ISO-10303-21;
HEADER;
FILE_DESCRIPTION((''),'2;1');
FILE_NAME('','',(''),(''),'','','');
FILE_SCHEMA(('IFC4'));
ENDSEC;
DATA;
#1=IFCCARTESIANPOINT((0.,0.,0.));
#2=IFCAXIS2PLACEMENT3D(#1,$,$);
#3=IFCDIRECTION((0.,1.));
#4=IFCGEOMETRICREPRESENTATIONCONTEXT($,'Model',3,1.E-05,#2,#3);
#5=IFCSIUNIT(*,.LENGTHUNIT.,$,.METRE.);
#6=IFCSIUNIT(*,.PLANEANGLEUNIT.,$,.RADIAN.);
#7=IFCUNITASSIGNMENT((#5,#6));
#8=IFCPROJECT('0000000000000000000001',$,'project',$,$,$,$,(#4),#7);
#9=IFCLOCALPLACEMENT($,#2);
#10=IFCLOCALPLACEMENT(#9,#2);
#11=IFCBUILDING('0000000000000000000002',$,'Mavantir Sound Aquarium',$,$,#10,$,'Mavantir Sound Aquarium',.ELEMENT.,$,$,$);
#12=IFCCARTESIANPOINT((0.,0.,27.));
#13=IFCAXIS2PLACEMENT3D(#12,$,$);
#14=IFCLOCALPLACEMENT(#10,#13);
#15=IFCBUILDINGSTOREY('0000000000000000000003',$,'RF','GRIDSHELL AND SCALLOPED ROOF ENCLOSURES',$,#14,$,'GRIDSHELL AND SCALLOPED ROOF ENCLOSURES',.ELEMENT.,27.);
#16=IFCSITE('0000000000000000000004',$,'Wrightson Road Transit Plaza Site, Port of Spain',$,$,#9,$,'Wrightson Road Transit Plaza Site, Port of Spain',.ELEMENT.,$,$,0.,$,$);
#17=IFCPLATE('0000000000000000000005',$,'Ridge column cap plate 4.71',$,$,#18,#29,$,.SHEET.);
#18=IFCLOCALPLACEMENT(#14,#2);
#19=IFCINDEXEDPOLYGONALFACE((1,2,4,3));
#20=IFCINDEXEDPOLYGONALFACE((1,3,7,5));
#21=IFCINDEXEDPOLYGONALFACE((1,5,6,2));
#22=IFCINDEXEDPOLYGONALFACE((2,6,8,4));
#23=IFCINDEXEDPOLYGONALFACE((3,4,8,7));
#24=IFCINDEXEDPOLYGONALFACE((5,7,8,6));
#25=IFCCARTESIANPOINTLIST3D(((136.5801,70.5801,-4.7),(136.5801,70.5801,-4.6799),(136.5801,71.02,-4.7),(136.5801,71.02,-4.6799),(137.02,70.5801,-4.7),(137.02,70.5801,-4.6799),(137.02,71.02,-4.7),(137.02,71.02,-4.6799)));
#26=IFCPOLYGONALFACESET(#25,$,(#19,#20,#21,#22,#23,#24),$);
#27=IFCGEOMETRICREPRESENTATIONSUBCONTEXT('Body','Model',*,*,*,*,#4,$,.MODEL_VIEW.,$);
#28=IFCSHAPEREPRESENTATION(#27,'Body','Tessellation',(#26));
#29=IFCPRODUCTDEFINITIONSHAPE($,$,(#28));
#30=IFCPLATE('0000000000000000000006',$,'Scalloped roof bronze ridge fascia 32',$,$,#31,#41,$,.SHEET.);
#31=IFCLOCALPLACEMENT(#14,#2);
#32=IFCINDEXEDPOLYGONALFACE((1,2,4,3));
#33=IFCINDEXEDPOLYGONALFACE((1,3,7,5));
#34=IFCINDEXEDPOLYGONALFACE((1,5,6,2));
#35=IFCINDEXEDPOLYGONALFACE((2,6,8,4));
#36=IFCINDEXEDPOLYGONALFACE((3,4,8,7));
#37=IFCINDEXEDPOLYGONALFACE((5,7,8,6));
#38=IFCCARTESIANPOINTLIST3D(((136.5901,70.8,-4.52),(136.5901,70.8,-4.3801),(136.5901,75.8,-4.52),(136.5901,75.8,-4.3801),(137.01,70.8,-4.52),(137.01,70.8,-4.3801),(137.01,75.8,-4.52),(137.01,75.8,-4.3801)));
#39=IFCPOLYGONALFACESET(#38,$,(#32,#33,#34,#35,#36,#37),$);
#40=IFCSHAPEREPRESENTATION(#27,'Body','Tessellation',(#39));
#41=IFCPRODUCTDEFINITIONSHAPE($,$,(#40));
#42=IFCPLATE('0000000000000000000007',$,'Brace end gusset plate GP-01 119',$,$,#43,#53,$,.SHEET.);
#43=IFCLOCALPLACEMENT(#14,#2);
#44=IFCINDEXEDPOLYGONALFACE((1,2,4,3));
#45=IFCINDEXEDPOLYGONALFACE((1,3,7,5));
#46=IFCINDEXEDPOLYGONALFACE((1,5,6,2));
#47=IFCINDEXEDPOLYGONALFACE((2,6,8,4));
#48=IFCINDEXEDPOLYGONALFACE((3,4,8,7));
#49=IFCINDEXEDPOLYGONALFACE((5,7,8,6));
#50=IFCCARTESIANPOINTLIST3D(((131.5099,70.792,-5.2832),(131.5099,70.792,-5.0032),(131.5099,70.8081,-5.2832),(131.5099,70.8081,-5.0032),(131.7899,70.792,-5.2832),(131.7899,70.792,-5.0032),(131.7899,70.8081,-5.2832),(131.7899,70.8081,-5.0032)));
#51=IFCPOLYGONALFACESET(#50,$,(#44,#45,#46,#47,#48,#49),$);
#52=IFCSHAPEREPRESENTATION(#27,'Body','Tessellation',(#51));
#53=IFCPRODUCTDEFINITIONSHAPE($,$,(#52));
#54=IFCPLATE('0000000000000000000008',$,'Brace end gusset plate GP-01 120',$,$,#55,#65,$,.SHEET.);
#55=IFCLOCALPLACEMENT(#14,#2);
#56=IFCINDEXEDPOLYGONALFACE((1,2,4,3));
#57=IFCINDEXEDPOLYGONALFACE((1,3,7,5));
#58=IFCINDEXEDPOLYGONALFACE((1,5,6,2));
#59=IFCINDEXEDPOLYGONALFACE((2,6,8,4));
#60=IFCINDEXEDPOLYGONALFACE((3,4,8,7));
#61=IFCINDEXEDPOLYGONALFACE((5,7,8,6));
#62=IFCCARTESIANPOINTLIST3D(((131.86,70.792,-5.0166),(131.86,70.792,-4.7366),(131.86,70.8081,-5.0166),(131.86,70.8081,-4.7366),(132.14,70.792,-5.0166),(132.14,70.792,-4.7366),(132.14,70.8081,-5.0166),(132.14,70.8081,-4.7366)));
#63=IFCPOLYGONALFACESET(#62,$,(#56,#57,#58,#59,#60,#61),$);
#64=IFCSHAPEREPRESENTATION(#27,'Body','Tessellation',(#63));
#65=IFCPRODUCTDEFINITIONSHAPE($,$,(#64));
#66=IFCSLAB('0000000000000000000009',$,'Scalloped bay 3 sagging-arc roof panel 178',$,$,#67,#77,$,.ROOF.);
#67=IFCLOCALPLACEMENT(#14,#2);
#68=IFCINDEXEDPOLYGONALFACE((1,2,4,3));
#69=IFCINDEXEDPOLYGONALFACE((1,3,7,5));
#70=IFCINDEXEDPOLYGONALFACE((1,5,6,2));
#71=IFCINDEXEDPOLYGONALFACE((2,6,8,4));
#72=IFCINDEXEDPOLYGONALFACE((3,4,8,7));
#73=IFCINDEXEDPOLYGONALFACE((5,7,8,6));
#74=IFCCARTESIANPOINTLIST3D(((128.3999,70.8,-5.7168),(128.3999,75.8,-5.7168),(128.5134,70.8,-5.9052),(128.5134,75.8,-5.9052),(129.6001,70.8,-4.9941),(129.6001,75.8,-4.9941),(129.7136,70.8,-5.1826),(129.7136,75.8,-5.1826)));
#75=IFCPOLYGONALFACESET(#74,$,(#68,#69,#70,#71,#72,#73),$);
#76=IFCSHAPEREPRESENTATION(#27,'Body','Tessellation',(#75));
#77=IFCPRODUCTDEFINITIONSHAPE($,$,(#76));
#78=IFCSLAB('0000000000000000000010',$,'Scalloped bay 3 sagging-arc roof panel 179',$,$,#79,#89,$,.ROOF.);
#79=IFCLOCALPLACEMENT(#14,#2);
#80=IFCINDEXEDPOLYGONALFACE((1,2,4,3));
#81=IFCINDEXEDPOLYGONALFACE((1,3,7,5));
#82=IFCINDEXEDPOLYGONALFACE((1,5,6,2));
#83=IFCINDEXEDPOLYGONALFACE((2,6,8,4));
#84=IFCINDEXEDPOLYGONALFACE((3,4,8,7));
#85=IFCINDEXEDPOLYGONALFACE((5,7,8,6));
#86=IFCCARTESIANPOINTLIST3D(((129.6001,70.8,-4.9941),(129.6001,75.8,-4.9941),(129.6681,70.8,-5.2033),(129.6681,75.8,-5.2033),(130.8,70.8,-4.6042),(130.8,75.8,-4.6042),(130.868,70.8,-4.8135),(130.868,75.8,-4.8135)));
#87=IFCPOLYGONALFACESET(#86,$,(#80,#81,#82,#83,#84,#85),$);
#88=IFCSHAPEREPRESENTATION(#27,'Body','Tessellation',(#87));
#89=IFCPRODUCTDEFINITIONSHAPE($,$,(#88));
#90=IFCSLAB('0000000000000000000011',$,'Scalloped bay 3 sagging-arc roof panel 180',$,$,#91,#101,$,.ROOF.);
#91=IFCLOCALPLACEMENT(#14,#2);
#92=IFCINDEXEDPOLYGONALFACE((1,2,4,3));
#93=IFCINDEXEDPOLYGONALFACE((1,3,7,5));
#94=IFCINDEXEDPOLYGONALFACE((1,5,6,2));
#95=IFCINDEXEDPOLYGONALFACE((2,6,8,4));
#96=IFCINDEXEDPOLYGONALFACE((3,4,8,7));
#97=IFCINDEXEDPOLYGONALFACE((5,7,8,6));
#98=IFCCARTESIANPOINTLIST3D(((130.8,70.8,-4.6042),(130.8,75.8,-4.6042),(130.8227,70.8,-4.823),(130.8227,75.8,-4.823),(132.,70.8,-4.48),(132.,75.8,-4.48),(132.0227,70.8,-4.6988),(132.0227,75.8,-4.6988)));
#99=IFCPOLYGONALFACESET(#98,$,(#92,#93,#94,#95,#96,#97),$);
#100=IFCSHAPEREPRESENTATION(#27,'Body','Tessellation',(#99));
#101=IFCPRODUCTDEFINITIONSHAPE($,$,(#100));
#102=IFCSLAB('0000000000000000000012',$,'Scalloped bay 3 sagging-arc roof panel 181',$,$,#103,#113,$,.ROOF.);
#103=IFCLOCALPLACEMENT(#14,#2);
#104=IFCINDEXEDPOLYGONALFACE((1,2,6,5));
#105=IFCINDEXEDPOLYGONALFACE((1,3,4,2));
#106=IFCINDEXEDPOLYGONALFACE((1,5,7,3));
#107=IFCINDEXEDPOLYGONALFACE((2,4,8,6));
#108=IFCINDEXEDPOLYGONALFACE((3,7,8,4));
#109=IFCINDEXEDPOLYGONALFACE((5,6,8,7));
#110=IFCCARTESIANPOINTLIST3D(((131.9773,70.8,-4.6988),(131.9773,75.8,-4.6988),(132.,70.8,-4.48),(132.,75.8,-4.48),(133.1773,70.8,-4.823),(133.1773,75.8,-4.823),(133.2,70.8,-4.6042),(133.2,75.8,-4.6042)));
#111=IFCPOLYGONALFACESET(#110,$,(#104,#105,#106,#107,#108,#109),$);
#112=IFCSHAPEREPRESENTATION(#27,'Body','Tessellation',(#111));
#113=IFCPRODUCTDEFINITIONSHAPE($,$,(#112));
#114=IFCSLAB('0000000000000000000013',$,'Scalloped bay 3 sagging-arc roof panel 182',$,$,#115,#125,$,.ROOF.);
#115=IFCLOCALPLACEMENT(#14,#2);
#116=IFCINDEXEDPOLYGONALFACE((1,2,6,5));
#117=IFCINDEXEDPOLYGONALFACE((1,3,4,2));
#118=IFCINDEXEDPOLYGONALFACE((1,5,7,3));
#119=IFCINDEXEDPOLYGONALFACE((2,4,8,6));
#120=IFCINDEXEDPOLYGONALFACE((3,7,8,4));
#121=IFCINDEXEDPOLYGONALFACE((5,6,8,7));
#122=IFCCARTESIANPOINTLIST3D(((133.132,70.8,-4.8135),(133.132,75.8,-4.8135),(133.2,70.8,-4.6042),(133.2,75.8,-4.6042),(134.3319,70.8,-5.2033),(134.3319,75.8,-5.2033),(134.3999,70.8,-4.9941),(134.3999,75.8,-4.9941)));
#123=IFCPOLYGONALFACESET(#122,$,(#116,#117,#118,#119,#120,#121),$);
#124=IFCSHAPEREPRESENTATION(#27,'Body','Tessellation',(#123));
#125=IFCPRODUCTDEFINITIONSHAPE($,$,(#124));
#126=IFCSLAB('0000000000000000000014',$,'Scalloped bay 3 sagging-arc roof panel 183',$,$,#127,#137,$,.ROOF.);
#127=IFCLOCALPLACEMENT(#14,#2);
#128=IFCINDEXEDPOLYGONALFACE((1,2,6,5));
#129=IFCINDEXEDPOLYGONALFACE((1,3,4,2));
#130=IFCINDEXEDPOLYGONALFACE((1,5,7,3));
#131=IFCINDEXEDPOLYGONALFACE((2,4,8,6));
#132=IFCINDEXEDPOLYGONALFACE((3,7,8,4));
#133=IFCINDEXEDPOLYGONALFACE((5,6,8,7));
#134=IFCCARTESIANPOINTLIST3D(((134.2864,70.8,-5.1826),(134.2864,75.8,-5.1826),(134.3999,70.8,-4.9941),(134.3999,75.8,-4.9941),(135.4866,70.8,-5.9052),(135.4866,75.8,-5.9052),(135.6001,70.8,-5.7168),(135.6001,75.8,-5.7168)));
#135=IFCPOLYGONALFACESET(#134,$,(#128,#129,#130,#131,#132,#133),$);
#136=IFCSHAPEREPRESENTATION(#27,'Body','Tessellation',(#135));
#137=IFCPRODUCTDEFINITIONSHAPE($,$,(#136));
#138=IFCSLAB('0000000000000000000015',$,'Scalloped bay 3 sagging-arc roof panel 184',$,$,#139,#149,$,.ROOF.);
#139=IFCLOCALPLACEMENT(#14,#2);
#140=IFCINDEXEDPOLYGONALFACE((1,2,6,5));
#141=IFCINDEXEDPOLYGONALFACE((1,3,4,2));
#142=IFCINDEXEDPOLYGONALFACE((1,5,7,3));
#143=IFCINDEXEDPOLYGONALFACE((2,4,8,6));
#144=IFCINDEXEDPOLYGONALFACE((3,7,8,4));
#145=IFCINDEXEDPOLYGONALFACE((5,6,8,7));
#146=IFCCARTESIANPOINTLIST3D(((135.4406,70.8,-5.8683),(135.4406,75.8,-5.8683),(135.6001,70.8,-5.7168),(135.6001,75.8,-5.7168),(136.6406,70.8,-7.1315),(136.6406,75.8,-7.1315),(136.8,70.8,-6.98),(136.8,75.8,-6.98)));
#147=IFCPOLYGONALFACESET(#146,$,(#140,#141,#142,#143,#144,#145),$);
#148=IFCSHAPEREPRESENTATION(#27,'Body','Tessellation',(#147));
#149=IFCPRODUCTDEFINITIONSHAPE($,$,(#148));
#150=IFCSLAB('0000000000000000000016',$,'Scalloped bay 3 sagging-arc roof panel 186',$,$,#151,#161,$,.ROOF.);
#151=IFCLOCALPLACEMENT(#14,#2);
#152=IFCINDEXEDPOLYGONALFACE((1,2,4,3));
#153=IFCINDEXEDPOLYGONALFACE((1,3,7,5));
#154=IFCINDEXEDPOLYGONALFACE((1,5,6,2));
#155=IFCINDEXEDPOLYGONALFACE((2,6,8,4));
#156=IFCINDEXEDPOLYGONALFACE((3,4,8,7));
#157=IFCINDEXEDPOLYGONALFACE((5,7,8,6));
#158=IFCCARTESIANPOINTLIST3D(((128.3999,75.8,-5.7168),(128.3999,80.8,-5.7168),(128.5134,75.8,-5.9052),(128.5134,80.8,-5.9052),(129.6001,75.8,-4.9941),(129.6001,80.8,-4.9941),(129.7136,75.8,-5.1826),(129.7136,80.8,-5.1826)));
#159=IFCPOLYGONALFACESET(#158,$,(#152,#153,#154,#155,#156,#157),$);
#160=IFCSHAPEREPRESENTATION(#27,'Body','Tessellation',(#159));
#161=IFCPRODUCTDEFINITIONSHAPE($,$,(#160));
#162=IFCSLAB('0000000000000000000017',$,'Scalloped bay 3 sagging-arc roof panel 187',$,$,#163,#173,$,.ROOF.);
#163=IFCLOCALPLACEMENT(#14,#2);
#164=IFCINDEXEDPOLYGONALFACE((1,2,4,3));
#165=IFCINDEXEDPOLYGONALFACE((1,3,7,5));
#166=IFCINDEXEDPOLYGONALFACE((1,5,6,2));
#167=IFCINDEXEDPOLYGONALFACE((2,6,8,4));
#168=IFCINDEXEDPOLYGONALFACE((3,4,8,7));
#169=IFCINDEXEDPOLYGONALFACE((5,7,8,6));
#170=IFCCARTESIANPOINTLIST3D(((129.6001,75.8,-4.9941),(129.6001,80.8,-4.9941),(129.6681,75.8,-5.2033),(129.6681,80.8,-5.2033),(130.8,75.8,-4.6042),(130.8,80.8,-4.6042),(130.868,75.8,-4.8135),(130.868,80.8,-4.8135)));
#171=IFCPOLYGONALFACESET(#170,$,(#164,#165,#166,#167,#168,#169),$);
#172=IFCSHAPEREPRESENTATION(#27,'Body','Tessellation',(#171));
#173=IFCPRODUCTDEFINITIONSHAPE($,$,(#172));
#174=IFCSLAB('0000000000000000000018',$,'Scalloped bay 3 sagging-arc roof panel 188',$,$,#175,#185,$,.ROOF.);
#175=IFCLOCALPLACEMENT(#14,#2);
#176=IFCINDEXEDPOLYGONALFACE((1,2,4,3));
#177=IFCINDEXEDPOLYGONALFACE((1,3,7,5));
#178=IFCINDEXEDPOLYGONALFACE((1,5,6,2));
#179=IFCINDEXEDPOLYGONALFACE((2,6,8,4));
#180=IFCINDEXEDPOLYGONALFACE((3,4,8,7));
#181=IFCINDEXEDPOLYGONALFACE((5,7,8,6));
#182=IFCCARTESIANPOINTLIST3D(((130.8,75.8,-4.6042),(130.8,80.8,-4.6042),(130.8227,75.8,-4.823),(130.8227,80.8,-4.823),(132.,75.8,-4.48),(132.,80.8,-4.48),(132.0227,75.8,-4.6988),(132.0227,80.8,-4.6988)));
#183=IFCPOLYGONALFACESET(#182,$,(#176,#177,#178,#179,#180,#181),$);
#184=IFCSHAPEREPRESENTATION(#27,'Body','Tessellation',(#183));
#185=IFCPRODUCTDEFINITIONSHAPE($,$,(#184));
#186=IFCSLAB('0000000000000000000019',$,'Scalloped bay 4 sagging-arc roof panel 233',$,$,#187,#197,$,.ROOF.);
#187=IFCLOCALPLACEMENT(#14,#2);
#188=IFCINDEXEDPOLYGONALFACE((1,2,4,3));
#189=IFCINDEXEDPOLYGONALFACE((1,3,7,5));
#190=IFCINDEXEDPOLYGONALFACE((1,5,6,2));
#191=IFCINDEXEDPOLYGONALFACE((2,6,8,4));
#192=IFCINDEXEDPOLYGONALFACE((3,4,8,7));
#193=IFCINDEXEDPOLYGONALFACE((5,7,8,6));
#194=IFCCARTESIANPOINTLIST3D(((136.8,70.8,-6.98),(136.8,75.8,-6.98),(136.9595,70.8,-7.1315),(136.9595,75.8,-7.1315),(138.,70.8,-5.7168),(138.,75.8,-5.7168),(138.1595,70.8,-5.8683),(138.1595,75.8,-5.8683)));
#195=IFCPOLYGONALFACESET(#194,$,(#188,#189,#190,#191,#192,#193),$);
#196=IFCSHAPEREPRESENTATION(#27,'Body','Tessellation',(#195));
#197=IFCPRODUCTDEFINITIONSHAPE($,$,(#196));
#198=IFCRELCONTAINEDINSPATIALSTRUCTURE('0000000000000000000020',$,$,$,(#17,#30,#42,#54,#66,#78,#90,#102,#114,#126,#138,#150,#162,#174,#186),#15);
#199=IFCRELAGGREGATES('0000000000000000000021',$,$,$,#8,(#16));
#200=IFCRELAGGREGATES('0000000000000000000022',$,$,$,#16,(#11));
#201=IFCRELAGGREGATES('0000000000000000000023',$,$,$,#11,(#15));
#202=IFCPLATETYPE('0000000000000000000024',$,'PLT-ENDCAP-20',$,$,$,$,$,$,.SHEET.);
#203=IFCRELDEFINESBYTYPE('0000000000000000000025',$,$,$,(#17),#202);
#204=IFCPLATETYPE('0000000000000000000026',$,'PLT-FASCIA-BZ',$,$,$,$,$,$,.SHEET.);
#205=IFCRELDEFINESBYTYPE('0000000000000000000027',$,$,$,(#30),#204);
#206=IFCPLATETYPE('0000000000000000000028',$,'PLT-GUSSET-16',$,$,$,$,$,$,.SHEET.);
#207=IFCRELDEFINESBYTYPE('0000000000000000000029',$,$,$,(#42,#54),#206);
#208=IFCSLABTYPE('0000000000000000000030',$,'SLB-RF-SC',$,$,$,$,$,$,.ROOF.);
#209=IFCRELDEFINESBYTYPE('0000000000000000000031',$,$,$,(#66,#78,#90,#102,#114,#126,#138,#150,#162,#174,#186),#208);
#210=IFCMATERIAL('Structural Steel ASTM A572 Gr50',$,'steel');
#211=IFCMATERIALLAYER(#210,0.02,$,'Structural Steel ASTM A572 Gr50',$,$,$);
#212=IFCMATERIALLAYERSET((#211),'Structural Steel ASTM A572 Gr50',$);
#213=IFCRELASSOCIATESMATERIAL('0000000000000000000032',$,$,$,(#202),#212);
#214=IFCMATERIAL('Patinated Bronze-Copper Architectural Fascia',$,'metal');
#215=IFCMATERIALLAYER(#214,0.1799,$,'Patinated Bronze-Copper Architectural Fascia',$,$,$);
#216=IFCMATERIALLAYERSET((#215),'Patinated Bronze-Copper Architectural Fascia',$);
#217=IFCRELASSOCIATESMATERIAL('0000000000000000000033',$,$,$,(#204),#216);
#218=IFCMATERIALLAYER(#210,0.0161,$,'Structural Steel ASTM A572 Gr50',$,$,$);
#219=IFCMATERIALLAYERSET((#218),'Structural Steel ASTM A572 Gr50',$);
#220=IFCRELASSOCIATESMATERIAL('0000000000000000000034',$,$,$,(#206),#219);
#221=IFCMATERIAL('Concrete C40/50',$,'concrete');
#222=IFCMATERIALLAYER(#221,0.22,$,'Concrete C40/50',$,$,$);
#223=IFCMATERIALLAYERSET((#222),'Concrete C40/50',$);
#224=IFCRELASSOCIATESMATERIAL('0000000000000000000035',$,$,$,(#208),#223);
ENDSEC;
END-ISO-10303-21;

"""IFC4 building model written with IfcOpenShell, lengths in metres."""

from ifc_helpers import new_model, si_unit, direction, frame, origin, origin_2d, place, context, subcontext, project, spatial, polyline, rectangle, outline, extrude, material, layer, layer_set, type_object, element, save


model = new_model("IFC4")

# Units and contexts
model_context = context("Model", 3, precision=1e-05, world=origin(), true_north=direction((0.0, 1.0)))
body_context = subcontext(model_context, "Body", "Model", "MODEL_VIEW")
ifc_project = project(units=[si_unit("LENGTHUNIT", "METRE"), si_unit("PLANEANGLEUNIT", "RADIAN")], contexts=[model_context])

# Site, building, storey
site_placement = place(None, origin())
site = spatial("IfcSite", under=ifc_project, at=site_placement, Name="Wrightson Road Transit Plaza Site, Port of Spain", LongName="Wrightson Road Transit Plaza Site, Port of Spain", CompositionType="ELEMENT", RefElevation=0.0)
building_placement = place(site_placement, origin())
building = spatial("IfcBuilding", under=site, at=building_placement, Name="Mavantir Sound Aquarium", LongName="Mavantir Sound Aquarium", CompositionType="ELEMENT")
storey_placement = place(building_placement, frame((0.0, 0.0, 27.0)))
storey = spatial("IfcBuildingStorey", under=building, at=storey_placement, Name="RF", Description="GRIDSHELL AND SCALLOPED ROOF ENCLOSURES", LongName="GRIDSHELL AND SCALLOPED ROOF ENCLOSURES", CompositionType="ELEMENT", Elevation=27.0)

# Shared definitions
ifc_material_1 = material(Name="Concrete C40/50", Category="concrete")

# Plates
ifc_material_2 = material(Name="Structural Steel ASTM A572 Gr50", Category="steel")
ifc_layer_1 = layer(ifc_material_2, 0.02, Name="Structural Steel ASTM A572 Gr50")
ifc_layer_set_1 = layer_set([ifc_layer_1], Name="Structural Steel ASTM A572 Gr50")
plate_type_1 = type_object("IfcPlateType", Name="PLT-ENDCAP-20", PredefinedType="SHEET", material=ifc_layer_set_1)
plate_1_placement = place(storey_placement, frame((136.8, 70.8, -4.7), z_axis=(0.0, 0.0, 1.0), x_axis=(1.0, 0.0, 0.0)))
element("IfcPlate", 1, at=plate_1_placement, inside=storey, type_object=plate_type_1, Name="Ridge column cap plate 4.71", PredefinedType="SHEET", context=body_context, shape_type="SweptSolid", body=[
    extrude(rectangle(XDim=0.4399, YDim=0.4399, at=origin_2d()), origin(), (0.0, 0.0, 1.0), 0.02),
])
ifc_material_3 = material(Name="Patinated Bronze-Copper Architectural Fascia", Category="metal")
ifc_layer_2 = layer(ifc_material_3, 0.1799, Name="Patinated Bronze-Copper Architectural Fascia")
ifc_layer_set_2 = layer_set([ifc_layer_2], Name="Patinated Bronze-Copper Architectural Fascia")
plate_type_2 = type_object("IfcPlateType", Name="PLT-FASCIA-BZ", PredefinedType="SHEET", material=ifc_layer_set_2)
plate_2_placement = place(storey_placement, frame((136.8, 73.3, -4.52), z_axis=(0.0, 0.0, 1.0), x_axis=(1.0, 0.0, 0.0)))
element("IfcPlate", 2, at=plate_2_placement, inside=storey, type_object=plate_type_2, Name="Scalloped roof bronze ridge fascia 32", PredefinedType="SHEET", context=body_context, shape_type="SweptSolid", body=[
    extrude(rectangle(XDim=0.4199, YDim=5.0, at=origin_2d()), origin(), (0.0, 0.0, 1.0), 0.1399),
])
ifc_layer_3 = layer(ifc_material_2, 0.0161, Name="Structural Steel ASTM A572 Gr50")
ifc_layer_set_3 = layer_set([ifc_layer_3], Name="Structural Steel ASTM A572 Gr50")
plate_type_3 = type_object("IfcPlateType", Name="PLT-GUSSET-16", PredefinedType="SHEET", material=ifc_layer_set_3)
for number, where, z_axis, x_axis, name in (
    (3, (131.6499, 70.8, -5.2832), (0.0, 0.0, 1.0), (1.0, 0.0, 0.0), "Brace end gusset plate GP-01 119"),
    (4, (132.0, 70.8, -5.0166), (0.0, 0.0, 1.0), (1.0, 0.0, 0.0), "Brace end gusset plate GP-01 120"),
):
    element("IfcPlate", number, at=place(storey_placement, frame(where, z_axis=z_axis, x_axis=x_axis)), inside=storey, type_object=plate_type_3, Name=name, PredefinedType="SHEET", context=body_context, shape_type="SweptSolid", body=[
        extrude(rectangle(XDim=0.28, YDim=0.0161, at=origin_2d()), origin(), (0.0, 0.0, 1.0), 0.28),
    ])

# Slabs
ifc_layer_4 = layer(ifc_material_1, 0.22, Name="Concrete C40/50")
ifc_layer_set_4 = layer_set([ifc_layer_4], Name="Concrete C40/50")
slab_type = type_object("IfcSlabType", Name="SLB-RF-SC", PredefinedType="ROOF", material=ifc_layer_set_4)
slab_1_placement = place(storey_placement, frame((128.3999, 70.8, -5.7168), z_axis=(-0.515828, 0.0, 0.856692), x_axis=(0.856692, 0.0, 0.515828)))
element("IfcSlab", 5, at=slab_1_placement, inside=storey, type_object=slab_type, Name="Scalloped bay 3 sagging-arc roof panel 178", PredefinedType="ROOF", context=body_context, shape_type="SweptSolid", body=[
    extrude(outline(polyline([(0.0, 0.0), (1.401, 0.0), (1.401, 5.0), (0.0, 5.0), (0.0, 0.0)])), origin(), (0.0, 0.0, -1.0), 0.22),
])
slab_2_placement = place(storey_placement, frame((129.6001, 70.8, -4.9941), z_axis=(-0.30902, 0.0, 0.951055), x_axis=(0.951055, 0.0, 0.30902)))
element("IfcSlab", 6, at=slab_2_placement, inside=storey, type_object=slab_type, Name="Scalloped bay 3 sagging-arc roof panel 179", PredefinedType="ROOF", context=body_context, shape_type="SweptSolid", body=[
    extrude(outline(polyline([(0.0, 0.0), (1.2617, 0.0), (1.2617, 5.0), (0.0, 5.0), (0.0, 0.0)])), origin(), (0.0, 0.0, -1.0), 0.22),
])
for number, where, z_axis, x_axis, name in (
    (7, (130.8, 70.8, -4.6042), (-0.10301, 0.0, 0.99468), (0.99468, 0.0, 0.10301), "Scalloped bay 3 sagging-arc roof panel 180"),
    (8, (132.0, 70.8, -4.48), (0.10301, 0.0, 0.99468), (0.99468, 0.0, -0.10301), "Scalloped bay 3 sagging-arc roof panel 181"),
):
    element("IfcSlab", number, at=place(storey_placement, frame(where, z_axis=z_axis, x_axis=x_axis)), inside=storey, type_object=slab_type, Name=name, PredefinedType="ROOF", context=body_context, shape_type="SweptSolid", body=[
        extrude(outline(polyline([(0.0, 0.0), (1.2064, 0.0), (1.2064, 5.0), (0.0, 5.0), (0.0, 0.0)])), origin(), (0.0, 0.0, -1.0), 0.22),
    ])
slab_3_placement = place(storey_placement, frame((133.2, 70.8, -4.6042), z_axis=(0.30902, 0.0, 0.951055), x_axis=(0.951055, 0.0, -0.30902)))
element("IfcSlab", 9, at=slab_3_placement, inside=storey, type_object=slab_type, Name="Scalloped bay 3 sagging-arc roof panel 182", PredefinedType="ROOF", context=body_context, shape_type="SweptSolid", body=[
    extrude(outline(polyline([(0.0, 0.0), (1.2617, 0.0), (1.2617, 5.0), (0.0, 5.0), (0.0, 0.0)])), origin(), (0.0, 0.0, -1.0), 0.22),
])
slab_4_placement = place(storey_placement, frame((134.3999, 70.8, -4.9941), z_axis=(0.515828, 0.0, 0.856692), x_axis=(0.856692, 0.0, -0.515828)))
element("IfcSlab", 10, at=slab_4_placement, inside=storey, type_object=slab_type, Name="Scalloped bay 3 sagging-arc roof panel 183", PredefinedType="ROOF", context=body_context, shape_type="SweptSolid", body=[
    extrude(outline(polyline([(0.0, 0.0), (1.401, 0.0), (1.401, 5.0), (0.0, 5.0), (0.0, 0.0)])), origin(), (0.0, 0.0, -1.0), 0.22),
])
slab_5_placement = place(storey_placement, frame((135.6001, 70.8, -5.7168), z_axis=(0.72502, 0.0, 0.688727), x_axis=(0.688727, 0.0, -0.72502)))
element("IfcSlab", 11, at=slab_5_placement, inside=storey, type_object=slab_type, Name="Scalloped bay 3 sagging-arc roof panel 184", PredefinedType="ROOF", context=body_context, shape_type="SweptSolid", body=[
    extrude(outline(polyline([(0.0, 0.0), (1.7423, 0.0), (1.7423, 5.0), (0.0, 5.0), (0.0, 0.0)])), origin(), (0.0, 0.0, -1.0), 0.22),
])
slab_6_placement = place(storey_placement, frame((128.3999, 75.8, -5.7168), z_axis=(-0.515828, 0.0, 0.856692), x_axis=(0.856692, 0.0, 0.515828)))
element("IfcSlab", 12, at=slab_6_placement, inside=storey, type_object=slab_type, Name="Scalloped bay 3 sagging-arc roof panel 186", PredefinedType="ROOF", context=body_context, shape_type="SweptSolid", body=[
    extrude(outline(polyline([(0.0, 0.0), (1.401, 0.0), (1.401, 5.0), (0.0, 5.0), (0.0, 0.0)])), origin(), (0.0, 0.0, -1.0), 0.22),
])
slab_7_placement = place(storey_placement, frame((129.6001, 75.8, -4.9941), z_axis=(-0.30902, 0.0, 0.951055), x_axis=(0.951055, 0.0, 0.30902)))
element("IfcSlab", 13, at=slab_7_placement, inside=storey, type_object=slab_type, Name="Scalloped bay 3 sagging-arc roof panel 187", PredefinedType="ROOF", context=body_context, shape_type="SweptSolid", body=[
    extrude(outline(polyline([(0.0, 0.0), (1.2617, 0.0), (1.2617, 5.0), (0.0, 5.0), (0.0, 0.0)])), origin(), (0.0, 0.0, -1.0), 0.22),
])
slab_8_placement = place(storey_placement, frame((130.8, 75.8, -4.6042), z_axis=(-0.10301, 0.0, 0.99468), x_axis=(0.99468, 0.0, 0.10301)))
element("IfcSlab", 14, at=slab_8_placement, inside=storey, type_object=slab_type, Name="Scalloped bay 3 sagging-arc roof panel 188", PredefinedType="ROOF", context=body_context, shape_type="SweptSolid", body=[
    extrude(outline(polyline([(0.0, 0.0), (1.2064, 0.0), (1.2064, 5.0), (0.0, 5.0), (0.0, 0.0)])), origin(), (0.0, 0.0, -1.0), 0.22),
])
slab_9_placement = place(storey_placement, frame((136.8, 70.8, -6.98), z_axis=(-0.72502, 0.0, 0.688727), x_axis=(0.688727, 0.0, 0.72502)))
element("IfcSlab", 15, at=slab_9_placement, inside=storey, type_object=slab_type, Name="Scalloped bay 4 sagging-arc roof panel 233", PredefinedType="ROOF", context=body_context, shape_type="SweptSolid", body=[
    extrude(outline(polyline([(0.0, 0.0), (1.7423, 0.0), (1.7423, 5.0), (0.0, 5.0), (0.0, 0.0)])), origin(), (0.0, 0.0, -1.0), 0.22),
])

save(model, "model.ifc")
